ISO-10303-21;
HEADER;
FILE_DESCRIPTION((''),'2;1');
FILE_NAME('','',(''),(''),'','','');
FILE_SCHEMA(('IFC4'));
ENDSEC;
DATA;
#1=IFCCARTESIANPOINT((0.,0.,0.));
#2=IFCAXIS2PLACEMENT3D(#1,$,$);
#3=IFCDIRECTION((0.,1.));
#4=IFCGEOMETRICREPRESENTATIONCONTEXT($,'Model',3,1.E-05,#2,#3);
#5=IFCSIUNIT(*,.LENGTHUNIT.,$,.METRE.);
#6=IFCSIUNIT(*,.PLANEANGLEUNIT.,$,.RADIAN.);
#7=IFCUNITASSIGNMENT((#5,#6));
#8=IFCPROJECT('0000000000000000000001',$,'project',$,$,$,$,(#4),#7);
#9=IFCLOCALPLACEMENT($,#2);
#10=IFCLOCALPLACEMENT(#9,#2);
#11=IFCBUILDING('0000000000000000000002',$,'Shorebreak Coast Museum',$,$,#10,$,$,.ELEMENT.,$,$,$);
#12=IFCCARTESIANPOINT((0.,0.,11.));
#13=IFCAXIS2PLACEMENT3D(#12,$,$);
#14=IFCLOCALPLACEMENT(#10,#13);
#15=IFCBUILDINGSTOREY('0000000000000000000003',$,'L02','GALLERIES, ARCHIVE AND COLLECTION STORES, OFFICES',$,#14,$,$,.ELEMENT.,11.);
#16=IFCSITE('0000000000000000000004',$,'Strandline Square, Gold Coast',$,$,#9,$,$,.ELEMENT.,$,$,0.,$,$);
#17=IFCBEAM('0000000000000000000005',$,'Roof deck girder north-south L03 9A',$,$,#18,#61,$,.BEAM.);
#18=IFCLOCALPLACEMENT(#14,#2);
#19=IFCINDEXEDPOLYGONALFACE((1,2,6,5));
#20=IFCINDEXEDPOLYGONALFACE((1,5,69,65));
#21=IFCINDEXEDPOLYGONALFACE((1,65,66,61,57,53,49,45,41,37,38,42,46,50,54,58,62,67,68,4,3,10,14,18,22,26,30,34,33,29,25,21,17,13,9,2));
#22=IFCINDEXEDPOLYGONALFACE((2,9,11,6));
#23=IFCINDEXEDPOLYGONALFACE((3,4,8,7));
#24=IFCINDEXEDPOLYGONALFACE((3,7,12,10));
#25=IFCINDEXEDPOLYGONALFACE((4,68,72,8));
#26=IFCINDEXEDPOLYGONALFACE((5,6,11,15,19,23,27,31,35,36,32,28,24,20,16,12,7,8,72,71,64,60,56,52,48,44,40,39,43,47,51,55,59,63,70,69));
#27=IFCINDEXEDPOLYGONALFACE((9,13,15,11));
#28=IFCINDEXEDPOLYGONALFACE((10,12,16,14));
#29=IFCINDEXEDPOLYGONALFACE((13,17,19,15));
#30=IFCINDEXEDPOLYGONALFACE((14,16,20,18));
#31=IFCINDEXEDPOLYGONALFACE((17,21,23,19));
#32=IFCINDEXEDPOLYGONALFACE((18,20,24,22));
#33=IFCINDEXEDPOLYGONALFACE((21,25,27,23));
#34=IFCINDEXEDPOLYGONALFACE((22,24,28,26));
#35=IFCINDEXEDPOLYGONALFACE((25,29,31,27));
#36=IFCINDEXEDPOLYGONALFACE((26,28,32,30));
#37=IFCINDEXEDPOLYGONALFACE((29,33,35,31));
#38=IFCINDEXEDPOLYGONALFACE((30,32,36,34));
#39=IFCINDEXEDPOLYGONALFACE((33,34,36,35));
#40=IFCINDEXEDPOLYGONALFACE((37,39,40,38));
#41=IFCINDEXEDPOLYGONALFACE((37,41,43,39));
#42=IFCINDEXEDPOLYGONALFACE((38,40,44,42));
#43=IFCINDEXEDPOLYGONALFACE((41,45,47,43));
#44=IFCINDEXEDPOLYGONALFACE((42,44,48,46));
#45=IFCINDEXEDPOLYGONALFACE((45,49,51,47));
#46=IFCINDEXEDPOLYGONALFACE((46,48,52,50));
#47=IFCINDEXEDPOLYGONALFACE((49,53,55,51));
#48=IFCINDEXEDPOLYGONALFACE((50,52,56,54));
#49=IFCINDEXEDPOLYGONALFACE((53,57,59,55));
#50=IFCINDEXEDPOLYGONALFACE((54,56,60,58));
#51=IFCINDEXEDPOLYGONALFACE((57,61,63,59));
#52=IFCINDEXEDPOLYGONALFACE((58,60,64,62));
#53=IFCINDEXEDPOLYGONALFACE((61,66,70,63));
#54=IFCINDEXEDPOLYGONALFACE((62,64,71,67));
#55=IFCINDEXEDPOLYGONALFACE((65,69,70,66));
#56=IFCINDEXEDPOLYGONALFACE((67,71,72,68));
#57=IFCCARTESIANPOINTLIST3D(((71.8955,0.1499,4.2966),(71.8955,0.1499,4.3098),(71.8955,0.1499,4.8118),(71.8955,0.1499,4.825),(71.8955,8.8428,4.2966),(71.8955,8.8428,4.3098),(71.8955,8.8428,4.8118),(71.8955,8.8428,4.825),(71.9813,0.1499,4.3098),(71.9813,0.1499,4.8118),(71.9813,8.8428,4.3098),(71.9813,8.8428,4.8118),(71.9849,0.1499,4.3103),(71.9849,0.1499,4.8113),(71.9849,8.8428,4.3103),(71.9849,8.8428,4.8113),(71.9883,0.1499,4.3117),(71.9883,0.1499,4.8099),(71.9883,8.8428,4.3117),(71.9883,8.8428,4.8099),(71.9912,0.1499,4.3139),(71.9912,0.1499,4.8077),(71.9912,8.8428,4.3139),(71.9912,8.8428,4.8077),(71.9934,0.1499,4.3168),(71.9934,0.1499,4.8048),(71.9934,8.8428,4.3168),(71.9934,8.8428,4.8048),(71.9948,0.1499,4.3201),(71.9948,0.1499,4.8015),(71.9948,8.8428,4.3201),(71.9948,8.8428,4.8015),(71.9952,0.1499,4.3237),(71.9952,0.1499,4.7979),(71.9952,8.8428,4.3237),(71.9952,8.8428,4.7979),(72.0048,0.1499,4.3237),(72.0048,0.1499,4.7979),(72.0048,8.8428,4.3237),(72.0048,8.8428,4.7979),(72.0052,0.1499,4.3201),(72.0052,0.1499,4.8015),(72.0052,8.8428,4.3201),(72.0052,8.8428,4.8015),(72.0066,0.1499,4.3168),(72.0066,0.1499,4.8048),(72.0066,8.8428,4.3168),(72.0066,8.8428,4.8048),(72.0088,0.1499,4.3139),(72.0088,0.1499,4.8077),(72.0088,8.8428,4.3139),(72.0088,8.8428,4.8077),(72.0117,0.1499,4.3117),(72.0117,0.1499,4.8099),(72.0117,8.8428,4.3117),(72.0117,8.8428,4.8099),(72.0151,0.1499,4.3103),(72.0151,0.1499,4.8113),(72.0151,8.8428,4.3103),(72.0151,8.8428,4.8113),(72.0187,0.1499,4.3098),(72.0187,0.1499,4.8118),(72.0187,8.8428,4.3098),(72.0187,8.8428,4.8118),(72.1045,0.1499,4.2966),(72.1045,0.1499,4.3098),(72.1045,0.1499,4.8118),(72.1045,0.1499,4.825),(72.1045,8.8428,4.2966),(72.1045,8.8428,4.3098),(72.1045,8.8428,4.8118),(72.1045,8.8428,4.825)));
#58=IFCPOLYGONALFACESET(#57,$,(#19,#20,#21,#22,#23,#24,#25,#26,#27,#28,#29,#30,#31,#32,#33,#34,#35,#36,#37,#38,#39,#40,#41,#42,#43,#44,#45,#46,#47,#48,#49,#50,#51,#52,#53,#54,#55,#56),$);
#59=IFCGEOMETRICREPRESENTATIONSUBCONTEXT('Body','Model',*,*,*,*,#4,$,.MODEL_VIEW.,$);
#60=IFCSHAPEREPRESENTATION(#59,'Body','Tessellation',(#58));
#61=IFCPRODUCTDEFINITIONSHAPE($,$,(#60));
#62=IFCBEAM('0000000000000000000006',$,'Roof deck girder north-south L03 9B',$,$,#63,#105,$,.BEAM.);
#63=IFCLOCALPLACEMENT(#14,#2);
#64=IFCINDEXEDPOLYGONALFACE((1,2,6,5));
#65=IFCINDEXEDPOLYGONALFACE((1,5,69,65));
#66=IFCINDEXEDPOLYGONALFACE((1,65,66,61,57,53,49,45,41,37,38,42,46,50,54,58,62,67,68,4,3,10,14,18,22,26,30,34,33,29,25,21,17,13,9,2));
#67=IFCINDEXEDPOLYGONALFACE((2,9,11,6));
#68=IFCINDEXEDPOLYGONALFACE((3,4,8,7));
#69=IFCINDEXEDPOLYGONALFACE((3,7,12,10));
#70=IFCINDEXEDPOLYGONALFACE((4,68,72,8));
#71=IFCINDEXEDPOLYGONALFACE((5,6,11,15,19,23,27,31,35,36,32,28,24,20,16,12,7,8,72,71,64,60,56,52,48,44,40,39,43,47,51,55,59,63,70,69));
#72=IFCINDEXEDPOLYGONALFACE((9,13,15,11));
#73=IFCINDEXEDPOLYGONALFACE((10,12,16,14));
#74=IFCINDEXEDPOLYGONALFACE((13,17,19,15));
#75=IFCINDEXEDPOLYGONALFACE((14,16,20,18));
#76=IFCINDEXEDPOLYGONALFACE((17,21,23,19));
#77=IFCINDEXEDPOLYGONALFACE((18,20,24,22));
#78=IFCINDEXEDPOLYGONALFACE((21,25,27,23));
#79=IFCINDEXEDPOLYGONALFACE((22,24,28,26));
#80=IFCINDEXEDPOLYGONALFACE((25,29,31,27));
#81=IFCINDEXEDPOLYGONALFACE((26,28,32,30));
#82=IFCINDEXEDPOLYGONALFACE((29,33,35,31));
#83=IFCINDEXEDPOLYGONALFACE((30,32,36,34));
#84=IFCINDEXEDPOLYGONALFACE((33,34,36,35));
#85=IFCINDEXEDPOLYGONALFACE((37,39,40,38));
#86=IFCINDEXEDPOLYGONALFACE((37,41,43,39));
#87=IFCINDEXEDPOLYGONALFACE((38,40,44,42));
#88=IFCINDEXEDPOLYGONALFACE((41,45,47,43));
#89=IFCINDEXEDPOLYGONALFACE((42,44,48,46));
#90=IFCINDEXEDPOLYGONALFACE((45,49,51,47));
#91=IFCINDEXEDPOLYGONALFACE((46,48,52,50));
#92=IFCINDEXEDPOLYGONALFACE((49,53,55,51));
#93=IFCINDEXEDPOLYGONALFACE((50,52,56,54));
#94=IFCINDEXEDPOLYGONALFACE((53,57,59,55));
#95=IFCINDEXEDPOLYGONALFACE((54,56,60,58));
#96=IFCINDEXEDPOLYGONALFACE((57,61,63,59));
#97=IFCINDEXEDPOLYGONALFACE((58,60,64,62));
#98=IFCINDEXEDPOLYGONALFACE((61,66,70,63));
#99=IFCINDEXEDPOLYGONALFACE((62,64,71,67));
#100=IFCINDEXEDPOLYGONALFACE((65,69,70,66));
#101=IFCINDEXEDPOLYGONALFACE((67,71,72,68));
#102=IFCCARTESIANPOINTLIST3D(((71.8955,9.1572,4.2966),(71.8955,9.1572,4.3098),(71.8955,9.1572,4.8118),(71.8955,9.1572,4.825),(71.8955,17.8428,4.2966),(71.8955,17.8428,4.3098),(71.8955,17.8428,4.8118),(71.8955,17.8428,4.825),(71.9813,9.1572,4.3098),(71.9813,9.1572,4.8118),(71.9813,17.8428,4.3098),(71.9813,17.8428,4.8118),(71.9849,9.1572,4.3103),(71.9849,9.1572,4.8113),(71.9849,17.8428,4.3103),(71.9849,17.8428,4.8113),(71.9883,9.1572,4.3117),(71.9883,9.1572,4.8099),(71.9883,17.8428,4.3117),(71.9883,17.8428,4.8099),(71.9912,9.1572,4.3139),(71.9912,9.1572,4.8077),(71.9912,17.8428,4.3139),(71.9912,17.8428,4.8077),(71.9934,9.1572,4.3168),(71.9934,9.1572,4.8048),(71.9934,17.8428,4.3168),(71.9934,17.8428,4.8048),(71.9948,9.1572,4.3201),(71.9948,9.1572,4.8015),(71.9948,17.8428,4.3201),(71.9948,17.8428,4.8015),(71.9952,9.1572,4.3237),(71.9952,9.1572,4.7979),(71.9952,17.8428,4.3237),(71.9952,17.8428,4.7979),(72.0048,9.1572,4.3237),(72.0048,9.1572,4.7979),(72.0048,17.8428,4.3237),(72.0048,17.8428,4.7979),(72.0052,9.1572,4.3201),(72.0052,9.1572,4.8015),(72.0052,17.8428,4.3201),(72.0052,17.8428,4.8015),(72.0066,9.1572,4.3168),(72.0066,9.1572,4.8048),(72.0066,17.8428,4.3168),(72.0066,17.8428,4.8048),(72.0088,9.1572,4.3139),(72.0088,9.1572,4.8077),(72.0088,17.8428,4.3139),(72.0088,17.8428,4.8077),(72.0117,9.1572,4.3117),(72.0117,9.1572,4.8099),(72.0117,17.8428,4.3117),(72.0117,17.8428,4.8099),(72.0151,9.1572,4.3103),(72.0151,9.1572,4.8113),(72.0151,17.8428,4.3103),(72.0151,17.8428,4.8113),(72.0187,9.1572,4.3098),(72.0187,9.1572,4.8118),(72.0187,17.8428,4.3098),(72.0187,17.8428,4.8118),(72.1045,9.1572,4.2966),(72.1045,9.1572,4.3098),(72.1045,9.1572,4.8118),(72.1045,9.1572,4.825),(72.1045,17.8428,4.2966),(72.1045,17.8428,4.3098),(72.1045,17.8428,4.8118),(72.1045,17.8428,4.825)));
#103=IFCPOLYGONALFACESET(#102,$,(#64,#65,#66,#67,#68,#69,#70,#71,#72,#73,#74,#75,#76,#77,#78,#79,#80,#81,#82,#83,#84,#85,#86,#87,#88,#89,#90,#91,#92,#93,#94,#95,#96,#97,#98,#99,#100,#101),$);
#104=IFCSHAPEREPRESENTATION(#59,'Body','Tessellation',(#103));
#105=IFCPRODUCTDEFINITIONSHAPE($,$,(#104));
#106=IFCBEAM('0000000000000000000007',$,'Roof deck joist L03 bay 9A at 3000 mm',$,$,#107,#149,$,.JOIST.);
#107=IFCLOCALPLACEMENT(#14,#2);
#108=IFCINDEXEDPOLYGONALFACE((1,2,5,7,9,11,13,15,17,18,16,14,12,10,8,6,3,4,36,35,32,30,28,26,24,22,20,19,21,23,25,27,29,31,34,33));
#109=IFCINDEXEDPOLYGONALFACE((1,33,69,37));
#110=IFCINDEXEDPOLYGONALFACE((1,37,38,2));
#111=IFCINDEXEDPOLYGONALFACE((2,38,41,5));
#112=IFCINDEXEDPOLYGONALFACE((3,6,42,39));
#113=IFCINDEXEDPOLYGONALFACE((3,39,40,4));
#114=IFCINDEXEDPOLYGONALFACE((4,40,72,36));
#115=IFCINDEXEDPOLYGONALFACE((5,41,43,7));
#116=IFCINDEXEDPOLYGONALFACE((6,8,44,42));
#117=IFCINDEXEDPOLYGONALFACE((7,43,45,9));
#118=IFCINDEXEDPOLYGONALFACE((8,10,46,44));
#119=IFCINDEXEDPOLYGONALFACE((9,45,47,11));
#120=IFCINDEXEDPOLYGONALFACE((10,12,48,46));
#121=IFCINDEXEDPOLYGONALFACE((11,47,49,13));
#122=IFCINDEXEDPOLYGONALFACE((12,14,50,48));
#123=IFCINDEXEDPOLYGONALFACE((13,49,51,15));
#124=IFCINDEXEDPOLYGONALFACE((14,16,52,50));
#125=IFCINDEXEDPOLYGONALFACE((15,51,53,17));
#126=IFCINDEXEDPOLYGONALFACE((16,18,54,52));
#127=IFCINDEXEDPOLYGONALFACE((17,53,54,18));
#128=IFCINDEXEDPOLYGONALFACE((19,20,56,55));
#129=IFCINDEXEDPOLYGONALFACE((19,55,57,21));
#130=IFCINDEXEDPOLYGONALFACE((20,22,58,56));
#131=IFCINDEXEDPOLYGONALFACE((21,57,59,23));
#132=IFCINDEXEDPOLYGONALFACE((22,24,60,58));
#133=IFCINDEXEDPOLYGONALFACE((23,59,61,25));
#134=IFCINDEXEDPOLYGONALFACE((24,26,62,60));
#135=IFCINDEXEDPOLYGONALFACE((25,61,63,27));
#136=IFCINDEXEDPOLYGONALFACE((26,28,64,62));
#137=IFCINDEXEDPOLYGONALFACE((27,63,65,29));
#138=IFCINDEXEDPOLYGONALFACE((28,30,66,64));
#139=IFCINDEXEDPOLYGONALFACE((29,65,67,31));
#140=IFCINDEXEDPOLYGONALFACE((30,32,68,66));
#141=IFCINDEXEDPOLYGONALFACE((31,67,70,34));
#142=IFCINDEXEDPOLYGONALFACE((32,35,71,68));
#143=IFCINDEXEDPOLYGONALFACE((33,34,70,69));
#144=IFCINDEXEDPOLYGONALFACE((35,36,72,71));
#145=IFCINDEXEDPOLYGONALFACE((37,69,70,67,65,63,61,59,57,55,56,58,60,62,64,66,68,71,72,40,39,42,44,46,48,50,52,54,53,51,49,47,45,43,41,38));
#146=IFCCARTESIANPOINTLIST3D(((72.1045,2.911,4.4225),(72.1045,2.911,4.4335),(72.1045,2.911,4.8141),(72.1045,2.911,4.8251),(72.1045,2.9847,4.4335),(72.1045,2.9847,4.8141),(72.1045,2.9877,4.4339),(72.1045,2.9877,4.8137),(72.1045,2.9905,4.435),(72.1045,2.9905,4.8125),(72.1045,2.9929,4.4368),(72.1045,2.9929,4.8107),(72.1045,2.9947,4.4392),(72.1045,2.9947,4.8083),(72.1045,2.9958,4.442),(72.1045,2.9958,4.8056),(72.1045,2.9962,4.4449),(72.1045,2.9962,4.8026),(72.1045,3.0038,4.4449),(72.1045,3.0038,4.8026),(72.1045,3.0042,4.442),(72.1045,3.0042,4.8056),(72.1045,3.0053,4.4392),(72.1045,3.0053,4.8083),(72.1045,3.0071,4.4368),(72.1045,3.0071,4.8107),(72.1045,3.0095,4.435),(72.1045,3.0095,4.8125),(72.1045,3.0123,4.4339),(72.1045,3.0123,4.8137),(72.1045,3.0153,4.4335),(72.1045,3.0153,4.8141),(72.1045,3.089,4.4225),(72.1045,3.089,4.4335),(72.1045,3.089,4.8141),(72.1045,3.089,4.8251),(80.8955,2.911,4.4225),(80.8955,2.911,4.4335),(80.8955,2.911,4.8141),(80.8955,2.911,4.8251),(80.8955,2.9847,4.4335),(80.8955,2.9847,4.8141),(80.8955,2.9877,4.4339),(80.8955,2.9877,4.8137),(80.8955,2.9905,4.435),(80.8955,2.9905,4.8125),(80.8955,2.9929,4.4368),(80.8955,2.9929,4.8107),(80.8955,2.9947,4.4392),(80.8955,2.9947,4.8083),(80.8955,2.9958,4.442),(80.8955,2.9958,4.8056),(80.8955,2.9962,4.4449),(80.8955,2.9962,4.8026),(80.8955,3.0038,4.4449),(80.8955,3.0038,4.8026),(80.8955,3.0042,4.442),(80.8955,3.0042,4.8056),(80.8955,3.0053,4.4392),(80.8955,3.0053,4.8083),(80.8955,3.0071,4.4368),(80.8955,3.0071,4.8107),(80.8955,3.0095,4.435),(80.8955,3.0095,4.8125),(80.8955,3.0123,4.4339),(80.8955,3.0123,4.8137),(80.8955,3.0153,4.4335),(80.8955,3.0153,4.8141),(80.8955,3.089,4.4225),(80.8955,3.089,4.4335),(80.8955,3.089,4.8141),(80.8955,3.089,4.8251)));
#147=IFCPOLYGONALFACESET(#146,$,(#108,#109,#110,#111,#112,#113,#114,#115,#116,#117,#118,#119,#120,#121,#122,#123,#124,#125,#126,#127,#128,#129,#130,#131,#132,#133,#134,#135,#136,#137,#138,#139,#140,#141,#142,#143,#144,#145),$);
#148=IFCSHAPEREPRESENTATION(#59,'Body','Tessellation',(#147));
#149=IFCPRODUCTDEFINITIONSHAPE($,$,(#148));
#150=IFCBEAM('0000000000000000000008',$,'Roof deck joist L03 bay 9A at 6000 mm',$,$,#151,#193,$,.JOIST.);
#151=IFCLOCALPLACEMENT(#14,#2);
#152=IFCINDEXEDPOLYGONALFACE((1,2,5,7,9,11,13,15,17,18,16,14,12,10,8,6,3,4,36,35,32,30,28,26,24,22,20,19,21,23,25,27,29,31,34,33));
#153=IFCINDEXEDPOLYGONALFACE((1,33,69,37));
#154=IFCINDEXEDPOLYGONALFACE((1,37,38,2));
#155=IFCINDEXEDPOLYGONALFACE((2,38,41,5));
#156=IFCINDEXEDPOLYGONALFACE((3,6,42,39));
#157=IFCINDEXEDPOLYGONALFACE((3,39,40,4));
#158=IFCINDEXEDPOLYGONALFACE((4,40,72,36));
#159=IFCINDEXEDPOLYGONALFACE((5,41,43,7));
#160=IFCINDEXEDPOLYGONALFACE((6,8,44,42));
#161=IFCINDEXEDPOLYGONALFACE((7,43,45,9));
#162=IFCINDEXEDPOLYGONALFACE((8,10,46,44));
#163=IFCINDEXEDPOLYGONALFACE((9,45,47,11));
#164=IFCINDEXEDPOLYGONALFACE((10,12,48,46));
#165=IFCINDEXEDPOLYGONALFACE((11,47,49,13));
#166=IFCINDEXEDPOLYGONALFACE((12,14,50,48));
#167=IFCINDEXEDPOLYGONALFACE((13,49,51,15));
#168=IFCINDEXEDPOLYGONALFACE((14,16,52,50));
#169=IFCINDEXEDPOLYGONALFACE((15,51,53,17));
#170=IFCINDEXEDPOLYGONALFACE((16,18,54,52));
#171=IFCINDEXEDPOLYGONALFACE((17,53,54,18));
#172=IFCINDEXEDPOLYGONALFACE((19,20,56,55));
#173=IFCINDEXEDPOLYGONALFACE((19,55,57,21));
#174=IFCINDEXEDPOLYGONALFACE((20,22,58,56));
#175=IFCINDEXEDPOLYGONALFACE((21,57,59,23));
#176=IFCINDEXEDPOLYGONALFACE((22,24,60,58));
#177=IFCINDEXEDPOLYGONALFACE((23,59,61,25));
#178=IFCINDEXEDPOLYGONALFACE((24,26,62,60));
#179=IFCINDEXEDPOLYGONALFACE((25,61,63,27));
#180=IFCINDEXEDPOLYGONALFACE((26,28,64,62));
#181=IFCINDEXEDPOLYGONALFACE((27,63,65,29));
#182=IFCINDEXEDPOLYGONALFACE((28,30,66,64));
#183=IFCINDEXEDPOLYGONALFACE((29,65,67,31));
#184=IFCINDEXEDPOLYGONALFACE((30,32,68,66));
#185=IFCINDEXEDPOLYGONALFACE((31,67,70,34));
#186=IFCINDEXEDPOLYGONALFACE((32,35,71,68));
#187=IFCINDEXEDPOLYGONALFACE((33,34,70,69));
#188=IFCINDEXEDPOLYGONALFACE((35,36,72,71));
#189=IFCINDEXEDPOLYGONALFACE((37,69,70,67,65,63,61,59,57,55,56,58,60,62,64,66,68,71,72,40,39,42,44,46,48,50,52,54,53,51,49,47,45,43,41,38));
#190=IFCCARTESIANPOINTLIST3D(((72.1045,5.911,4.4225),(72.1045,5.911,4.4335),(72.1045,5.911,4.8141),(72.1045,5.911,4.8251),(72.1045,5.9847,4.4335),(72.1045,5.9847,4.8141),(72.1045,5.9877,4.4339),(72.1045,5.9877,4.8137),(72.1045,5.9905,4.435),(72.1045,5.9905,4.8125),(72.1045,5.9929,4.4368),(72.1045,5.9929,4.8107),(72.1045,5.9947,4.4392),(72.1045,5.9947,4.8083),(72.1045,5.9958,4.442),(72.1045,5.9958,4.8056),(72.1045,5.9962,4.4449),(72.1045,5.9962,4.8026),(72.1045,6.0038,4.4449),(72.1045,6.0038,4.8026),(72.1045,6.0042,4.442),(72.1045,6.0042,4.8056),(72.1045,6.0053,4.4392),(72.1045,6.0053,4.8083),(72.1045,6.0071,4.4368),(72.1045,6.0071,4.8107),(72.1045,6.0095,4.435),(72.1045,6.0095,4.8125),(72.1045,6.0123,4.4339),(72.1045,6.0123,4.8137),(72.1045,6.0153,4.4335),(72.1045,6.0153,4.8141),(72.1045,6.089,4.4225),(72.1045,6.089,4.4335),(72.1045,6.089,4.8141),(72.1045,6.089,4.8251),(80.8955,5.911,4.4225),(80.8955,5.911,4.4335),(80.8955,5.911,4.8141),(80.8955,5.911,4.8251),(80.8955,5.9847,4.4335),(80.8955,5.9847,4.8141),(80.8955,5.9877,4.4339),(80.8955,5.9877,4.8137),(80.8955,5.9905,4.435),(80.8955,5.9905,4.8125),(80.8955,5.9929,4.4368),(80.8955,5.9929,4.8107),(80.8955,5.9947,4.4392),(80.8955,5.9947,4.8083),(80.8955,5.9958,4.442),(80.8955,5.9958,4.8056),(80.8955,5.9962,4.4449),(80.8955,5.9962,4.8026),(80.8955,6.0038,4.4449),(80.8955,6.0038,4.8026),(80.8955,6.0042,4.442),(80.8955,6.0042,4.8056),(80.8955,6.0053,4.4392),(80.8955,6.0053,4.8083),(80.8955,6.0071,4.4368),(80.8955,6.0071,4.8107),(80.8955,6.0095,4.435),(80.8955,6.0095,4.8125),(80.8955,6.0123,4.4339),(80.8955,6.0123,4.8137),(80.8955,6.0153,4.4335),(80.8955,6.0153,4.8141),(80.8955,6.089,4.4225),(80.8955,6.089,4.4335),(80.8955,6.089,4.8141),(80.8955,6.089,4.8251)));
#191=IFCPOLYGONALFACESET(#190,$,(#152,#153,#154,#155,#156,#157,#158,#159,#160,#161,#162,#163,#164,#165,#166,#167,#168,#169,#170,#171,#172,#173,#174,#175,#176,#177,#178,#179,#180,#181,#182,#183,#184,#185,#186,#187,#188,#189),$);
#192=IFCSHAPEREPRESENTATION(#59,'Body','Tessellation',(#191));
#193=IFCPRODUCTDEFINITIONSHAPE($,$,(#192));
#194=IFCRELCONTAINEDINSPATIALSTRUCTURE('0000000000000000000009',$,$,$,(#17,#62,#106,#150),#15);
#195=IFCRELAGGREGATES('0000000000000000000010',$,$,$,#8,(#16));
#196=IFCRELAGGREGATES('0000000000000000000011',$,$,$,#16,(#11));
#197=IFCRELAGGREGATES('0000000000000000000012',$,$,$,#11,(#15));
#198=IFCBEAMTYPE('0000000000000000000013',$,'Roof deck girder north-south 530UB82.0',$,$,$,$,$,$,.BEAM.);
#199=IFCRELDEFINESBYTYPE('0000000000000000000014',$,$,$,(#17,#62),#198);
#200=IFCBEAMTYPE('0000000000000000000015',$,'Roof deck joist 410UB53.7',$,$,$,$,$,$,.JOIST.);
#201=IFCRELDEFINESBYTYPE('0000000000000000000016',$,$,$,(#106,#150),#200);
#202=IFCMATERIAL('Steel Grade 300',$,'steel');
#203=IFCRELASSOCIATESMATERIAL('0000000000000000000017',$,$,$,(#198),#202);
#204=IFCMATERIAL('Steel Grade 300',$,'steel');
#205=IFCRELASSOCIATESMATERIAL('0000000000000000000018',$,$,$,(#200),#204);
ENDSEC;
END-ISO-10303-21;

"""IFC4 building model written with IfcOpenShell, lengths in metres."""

from ifc_helpers import new_model, si_unit, direction, frame, origin, origin_2d, place, context, subcontext, project, spatial, i_section, extrude, material, material_profile, profile_set, type_object, element, save


model = new_model("IFC4")

# Units and contexts
model_context = context("Model", 3, precision=1e-05, world=origin(), true_north=direction((0.0, 1.0)))
body_context = subcontext(model_context, "Body", "Model", "MODEL_VIEW")
ifc_project = project(units=[si_unit("LENGTHUNIT", "METRE"), si_unit("PLANEANGLEUNIT", "RADIAN")], contexts=[model_context])

# Site, building, storey
site_placement = place(None, origin())
site = spatial("IfcSite", under=ifc_project, at=site_placement, Name="Strandline Square, Gold Coast", CompositionType="ELEMENT", RefElevation=0.0)
building_placement = place(site_placement, origin())
building = spatial("IfcBuilding", under=site, at=building_placement, Name="Shorebreak Coast Museum", CompositionType="ELEMENT")
storey_placement = place(building_placement, frame((0.0, 0.0, 11.0)))
storey = spatial("IfcBuildingStorey", under=building, at=storey_placement, Name="L02", Description="GALLERIES, ARCHIVE AND COLLECTION STORES, OFFICES", CompositionType="ELEMENT", Elevation=11.0)

# Beams
ifc_material_1 = material(Name="Steel Grade 300", Category="steel")
ifc_material_profile_1 = material_profile(ifc_material_1, i_section(OverallWidth=0.209, OverallDepth=0.5283, WebThickness=0.0095, FlangeThickness=0.0132, FilletRadius=0.0139, at=origin_2d()), Name="530UB82.0")
ifc_profile_set_1 = profile_set([ifc_material_profile_1], Name="Steel Grade 300")
beam_type_1 = type_object("IfcBeamType", Name="Roof deck girder north-south 530UB82.0", PredefinedType="BEAM", material=ifc_profile_set_1)
beam_1_placement = place(storey_placement, frame((72.0, 0.1499, 4.5608), z_axis=(0.0, 1.0, 0.0), x_axis=(-1.0, 0.0, 0.0)))
element("IfcBeam", 1, at=beam_1_placement, inside=storey, type_object=beam_type_1, Name="Roof deck girder north-south L03 9A", PredefinedType="BEAM", context=body_context, shape_type="SweptSolid", body=[
    extrude(i_section(OverallWidth=0.209, OverallDepth=0.5283, WebThickness=0.0095, FlangeThickness=0.0132, FilletRadius=0.0139, at=origin_2d()), origin(), (0.0, 0.0, 1.0), 8.6929),
])
beam_2_placement = place(storey_placement, frame((72.0, 9.1572, 4.5608), z_axis=(0.0, 1.0, 0.0), x_axis=(-1.0, 0.0, 0.0)))
element("IfcBeam", 2, at=beam_2_placement, inside=storey, type_object=beam_type_1, Name="Roof deck girder north-south L03 9B", PredefinedType="BEAM", context=body_context, shape_type="SweptSolid", body=[
    extrude(i_section(OverallWidth=0.209, OverallDepth=0.5283, WebThickness=0.0095, FlangeThickness=0.0132, FilletRadius=0.0139, at=origin_2d()), origin(), (0.0, 0.0, 1.0), 8.6855),
])
ifc_material_2 = material(Name="Steel Grade 300", Category="steel")
ifc_material_profile_2 = material_profile(ifc_material_2, i_section(OverallWidth=0.178, OverallDepth=0.4026, WebThickness=0.0076, FlangeThickness=0.011, FilletRadius=0.0115, at=origin_2d()), Name="410UB53.7")
ifc_profile_set_2 = profile_set([ifc_material_profile_2], Name="Steel Grade 300")
beam_type_2 = type_object("IfcBeamType", Name="Roof deck joist 410UB53.7", PredefinedType="JOIST", material=ifc_profile_set_2)
for number, where, z_axis, x_axis, name in (
    (3, (72.1045, 3.0, 4.6238), (1.0, 0.0, 0.0), (0.0, 1.0, 0.0), "Roof deck joist L03 bay 9A at 3000 mm"),
    (4, (72.1045, 6.0, 4.6238), (1.0, 0.0, 0.0), (0.0, 1.0, 0.0), "Roof deck joist L03 bay 9A at 6000 mm"),
):
    element("IfcBeam", number, at=place(storey_placement, frame(where, z_axis=z_axis, x_axis=x_axis)), inside=storey, type_object=beam_type_2, Name=name, PredefinedType="JOIST", context=body_context, shape_type="SweptSolid", body=[
        extrude(i_section(OverallWidth=0.178, OverallDepth=0.4026, WebThickness=0.0076, FlangeThickness=0.011, FilletRadius=0.0115, at=origin_2d()), origin(), (0.0, 0.0, 1.0), 8.791),
    ])

save(model, "model.ifc")
